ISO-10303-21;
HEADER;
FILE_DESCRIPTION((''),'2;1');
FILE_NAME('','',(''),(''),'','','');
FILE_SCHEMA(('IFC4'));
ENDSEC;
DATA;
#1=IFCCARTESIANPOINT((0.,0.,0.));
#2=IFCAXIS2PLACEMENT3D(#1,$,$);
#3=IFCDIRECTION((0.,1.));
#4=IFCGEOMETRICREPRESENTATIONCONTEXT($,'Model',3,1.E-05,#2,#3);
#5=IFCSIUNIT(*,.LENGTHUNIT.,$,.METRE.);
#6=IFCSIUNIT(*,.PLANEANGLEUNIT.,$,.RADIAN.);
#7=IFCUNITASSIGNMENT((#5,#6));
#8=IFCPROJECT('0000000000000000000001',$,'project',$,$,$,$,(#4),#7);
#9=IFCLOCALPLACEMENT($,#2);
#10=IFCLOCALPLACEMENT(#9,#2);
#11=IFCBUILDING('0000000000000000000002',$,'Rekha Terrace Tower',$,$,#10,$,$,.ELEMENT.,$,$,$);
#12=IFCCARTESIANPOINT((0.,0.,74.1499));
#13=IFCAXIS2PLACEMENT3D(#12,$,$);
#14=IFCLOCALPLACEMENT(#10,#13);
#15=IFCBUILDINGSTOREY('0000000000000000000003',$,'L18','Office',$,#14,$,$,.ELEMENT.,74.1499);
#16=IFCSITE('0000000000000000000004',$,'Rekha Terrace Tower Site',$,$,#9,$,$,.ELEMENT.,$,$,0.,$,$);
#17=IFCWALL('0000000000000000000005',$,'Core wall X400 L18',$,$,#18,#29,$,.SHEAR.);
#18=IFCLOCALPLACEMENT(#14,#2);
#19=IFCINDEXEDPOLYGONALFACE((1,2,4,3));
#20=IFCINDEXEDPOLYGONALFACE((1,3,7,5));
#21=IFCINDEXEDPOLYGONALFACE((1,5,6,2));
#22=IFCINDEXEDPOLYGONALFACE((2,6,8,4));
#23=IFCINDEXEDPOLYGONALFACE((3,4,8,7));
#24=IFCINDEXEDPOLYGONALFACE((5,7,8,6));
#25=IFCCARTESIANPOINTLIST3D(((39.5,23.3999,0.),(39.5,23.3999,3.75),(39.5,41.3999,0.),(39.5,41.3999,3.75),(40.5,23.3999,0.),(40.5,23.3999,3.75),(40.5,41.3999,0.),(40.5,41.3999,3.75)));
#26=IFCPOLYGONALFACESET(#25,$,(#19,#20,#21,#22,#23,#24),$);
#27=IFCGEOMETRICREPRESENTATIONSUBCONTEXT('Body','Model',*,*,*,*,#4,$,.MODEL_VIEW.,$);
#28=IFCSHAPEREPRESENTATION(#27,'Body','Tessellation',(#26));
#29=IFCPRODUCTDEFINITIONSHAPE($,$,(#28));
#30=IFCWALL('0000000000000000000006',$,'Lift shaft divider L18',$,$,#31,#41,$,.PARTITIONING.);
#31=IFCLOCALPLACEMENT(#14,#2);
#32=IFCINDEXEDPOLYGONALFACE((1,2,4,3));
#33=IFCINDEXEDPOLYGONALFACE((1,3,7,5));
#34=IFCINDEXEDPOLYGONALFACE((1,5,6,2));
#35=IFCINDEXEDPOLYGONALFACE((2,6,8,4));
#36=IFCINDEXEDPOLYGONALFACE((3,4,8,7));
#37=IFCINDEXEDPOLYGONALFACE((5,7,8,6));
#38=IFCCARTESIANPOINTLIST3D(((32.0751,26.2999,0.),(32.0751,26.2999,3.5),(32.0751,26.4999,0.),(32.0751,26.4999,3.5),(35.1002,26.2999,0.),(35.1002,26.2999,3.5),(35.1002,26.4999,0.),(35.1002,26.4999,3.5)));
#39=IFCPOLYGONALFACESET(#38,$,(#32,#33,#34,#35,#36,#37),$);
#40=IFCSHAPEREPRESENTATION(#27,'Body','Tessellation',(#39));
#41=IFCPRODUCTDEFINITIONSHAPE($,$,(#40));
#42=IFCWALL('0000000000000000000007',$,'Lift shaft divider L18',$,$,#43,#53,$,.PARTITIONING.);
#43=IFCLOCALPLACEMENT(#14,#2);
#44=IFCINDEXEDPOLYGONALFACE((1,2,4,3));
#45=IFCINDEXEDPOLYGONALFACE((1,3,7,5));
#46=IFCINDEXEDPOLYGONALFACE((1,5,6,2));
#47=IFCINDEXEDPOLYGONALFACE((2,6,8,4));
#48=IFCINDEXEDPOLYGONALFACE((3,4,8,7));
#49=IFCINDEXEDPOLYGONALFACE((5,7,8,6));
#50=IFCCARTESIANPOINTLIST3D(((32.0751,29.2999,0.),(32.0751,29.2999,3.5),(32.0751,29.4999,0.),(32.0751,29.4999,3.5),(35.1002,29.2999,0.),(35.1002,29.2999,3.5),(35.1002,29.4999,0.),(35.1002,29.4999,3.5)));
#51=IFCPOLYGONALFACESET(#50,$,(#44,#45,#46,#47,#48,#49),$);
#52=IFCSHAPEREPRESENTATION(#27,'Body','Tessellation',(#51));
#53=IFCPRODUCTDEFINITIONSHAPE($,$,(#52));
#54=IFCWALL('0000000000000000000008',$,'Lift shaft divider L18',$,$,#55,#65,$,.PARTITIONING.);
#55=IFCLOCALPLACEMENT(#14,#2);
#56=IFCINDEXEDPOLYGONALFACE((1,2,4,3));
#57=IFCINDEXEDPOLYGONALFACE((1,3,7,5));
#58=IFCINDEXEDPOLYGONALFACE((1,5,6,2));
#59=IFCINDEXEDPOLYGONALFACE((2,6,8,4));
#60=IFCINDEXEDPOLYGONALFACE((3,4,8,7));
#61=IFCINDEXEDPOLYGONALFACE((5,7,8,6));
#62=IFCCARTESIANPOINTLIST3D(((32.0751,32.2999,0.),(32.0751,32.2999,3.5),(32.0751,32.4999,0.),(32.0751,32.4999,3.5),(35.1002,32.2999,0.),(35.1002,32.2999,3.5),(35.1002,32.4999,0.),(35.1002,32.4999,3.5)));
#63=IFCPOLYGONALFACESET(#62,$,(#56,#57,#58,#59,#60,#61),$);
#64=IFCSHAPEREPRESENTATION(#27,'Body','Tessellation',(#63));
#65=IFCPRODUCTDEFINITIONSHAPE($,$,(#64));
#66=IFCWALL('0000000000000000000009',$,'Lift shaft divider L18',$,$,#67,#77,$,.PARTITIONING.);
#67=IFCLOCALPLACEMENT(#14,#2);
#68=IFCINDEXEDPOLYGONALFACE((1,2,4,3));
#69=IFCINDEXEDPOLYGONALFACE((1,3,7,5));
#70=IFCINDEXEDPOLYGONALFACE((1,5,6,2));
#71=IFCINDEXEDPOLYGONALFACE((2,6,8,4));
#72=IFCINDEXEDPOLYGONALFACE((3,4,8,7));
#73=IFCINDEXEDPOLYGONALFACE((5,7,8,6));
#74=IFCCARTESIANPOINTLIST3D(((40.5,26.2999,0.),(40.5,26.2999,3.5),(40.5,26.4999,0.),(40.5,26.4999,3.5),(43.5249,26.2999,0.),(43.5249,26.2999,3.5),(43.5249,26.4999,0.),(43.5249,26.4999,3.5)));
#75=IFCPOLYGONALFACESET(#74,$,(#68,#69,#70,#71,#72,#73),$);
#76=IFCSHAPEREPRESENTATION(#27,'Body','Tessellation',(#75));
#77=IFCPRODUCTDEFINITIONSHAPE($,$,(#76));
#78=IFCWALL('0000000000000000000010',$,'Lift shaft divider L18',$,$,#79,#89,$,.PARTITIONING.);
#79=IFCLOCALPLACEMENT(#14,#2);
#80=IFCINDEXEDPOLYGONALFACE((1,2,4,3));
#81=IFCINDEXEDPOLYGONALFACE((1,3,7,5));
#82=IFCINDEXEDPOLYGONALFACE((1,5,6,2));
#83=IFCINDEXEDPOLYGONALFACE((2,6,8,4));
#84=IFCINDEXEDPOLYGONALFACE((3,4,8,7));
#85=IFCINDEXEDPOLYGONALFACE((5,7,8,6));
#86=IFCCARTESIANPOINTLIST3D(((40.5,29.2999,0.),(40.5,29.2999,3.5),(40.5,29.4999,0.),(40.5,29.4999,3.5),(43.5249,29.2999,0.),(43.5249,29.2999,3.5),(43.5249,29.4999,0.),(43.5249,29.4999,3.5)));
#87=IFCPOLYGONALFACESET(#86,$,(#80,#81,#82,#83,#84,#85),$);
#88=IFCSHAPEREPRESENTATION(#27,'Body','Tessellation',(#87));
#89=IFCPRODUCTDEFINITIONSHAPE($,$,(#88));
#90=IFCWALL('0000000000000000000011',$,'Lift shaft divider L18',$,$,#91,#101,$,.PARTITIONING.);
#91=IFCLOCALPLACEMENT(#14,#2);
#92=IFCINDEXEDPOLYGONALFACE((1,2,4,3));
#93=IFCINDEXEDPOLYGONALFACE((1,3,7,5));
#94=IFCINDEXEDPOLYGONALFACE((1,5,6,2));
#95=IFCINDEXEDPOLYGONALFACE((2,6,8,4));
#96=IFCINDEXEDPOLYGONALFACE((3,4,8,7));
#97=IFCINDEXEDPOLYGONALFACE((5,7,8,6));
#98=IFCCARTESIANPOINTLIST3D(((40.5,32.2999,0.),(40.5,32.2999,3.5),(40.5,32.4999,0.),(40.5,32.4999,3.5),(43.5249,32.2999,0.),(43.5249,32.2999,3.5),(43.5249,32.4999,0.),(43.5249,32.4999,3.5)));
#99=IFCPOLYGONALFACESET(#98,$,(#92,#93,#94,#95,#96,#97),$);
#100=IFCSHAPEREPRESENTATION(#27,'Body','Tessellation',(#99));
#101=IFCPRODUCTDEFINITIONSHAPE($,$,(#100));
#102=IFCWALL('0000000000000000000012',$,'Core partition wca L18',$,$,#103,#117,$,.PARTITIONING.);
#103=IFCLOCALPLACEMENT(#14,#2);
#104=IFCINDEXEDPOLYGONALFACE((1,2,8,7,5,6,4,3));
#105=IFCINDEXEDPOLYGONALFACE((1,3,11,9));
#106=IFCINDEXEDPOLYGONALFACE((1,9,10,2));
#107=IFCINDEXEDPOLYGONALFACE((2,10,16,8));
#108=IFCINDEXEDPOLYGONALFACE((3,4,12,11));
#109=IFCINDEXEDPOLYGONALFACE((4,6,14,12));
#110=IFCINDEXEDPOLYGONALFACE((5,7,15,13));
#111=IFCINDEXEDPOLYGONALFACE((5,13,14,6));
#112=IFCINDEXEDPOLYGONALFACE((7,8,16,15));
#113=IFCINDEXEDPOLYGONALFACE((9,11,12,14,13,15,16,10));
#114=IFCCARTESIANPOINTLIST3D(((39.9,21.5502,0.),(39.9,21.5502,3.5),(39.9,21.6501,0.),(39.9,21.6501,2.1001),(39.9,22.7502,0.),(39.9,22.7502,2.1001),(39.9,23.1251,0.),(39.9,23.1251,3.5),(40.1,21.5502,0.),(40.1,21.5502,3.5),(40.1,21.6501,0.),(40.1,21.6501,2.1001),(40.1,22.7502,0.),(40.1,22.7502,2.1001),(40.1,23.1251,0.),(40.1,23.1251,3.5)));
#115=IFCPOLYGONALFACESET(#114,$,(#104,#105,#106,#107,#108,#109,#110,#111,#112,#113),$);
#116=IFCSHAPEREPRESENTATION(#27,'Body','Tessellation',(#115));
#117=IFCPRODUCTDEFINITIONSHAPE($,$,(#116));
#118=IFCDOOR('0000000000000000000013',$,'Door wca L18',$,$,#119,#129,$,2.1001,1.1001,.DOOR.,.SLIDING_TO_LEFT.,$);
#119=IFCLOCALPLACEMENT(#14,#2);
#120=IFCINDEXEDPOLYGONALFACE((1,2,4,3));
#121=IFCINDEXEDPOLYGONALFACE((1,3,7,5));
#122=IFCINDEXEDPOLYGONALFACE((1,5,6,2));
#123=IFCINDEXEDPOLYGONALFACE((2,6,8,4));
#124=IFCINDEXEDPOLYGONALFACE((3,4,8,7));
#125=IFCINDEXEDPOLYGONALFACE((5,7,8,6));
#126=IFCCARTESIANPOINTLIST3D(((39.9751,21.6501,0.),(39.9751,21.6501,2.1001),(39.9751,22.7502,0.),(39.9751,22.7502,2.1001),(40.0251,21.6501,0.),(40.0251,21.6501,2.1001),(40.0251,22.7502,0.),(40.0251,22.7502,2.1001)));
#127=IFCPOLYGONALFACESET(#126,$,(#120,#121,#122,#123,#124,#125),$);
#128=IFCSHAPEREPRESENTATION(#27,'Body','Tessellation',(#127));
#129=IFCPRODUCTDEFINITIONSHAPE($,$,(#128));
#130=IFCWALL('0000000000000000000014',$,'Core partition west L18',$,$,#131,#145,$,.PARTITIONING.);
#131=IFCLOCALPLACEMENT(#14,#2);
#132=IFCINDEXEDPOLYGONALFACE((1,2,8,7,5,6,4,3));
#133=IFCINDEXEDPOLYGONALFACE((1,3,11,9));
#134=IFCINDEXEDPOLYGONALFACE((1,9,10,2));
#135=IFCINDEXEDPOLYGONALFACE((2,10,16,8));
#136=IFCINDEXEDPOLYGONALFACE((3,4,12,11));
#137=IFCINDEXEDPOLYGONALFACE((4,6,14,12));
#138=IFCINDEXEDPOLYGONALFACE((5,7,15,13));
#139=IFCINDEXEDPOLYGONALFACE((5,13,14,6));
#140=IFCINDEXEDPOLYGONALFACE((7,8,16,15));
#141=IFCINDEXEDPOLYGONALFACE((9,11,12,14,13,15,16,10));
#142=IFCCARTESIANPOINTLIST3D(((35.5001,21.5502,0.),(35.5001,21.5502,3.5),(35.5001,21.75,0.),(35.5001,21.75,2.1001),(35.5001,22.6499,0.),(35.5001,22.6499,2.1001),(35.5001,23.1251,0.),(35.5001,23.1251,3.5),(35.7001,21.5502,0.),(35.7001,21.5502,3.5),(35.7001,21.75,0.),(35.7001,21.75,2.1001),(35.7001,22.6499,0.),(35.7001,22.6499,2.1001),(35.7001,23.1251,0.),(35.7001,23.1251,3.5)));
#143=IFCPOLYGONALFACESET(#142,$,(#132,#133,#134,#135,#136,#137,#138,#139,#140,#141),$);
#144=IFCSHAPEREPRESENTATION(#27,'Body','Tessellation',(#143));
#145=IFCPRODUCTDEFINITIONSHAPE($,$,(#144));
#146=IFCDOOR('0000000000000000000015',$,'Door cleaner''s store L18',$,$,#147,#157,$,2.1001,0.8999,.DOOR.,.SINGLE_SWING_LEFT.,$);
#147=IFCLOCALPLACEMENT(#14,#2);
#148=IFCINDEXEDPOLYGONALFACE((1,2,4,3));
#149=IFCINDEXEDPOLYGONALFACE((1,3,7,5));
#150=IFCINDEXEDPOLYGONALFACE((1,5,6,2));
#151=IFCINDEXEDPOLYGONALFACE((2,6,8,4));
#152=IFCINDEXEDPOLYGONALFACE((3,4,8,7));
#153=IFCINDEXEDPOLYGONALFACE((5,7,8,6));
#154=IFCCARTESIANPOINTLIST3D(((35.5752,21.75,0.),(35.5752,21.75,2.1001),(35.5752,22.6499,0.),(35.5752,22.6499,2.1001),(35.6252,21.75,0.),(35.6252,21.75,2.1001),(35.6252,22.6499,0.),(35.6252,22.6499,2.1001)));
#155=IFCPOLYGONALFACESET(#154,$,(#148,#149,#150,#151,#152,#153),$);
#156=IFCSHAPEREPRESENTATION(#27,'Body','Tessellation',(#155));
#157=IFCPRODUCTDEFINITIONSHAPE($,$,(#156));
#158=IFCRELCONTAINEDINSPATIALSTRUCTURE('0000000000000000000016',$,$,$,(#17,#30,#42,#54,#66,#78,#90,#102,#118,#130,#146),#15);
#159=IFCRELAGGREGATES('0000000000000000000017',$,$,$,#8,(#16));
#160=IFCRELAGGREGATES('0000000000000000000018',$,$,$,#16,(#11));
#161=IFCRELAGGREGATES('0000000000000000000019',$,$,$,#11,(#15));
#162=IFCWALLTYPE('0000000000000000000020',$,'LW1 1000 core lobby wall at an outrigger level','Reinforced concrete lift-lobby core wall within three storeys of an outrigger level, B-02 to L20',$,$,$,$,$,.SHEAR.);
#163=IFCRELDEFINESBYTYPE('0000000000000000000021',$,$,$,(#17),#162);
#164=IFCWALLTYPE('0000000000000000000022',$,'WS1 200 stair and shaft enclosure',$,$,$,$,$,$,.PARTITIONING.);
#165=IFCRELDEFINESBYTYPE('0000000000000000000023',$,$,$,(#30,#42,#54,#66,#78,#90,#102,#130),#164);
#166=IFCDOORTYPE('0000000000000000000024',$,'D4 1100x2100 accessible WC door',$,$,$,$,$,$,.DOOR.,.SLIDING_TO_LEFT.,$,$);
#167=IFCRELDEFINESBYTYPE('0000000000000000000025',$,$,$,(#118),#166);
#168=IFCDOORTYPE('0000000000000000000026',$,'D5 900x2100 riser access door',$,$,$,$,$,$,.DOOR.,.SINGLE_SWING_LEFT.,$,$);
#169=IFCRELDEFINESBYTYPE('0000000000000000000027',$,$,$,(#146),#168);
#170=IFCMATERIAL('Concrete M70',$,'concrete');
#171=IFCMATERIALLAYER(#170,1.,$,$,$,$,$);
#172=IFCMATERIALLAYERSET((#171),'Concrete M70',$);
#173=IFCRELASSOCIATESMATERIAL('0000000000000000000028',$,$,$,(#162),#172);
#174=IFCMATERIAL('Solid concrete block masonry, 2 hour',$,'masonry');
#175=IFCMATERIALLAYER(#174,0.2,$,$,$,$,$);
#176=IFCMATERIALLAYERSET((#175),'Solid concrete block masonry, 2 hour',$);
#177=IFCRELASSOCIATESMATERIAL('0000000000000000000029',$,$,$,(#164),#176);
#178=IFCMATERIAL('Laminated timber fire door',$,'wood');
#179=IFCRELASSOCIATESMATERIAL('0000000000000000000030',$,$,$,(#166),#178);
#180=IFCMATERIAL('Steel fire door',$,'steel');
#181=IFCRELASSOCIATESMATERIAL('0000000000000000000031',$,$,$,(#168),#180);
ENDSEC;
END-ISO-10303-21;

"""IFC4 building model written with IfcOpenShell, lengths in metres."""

from ifc_helpers import new_model, si_unit, direction, frame, frame_2d, origin, place, context, subcontext, project, spatial, rectangle, extrude, material, layer, layer_set, type_object, element, fill, save


model = new_model("IFC4")

# Units and contexts
model_context = context("Model", 3, precision=1e-05, world=origin(), true_north=direction((0.0, 1.0)))
body_context = subcontext(model_context, "Body", "Model", "MODEL_VIEW")
ifc_project = project(units=[si_unit("LENGTHUNIT", "METRE"), si_unit("PLANEANGLEUNIT", "RADIAN")], contexts=[model_context])

# Site, building, storey
site_placement = place(None, origin())
site = spatial("IfcSite", under=ifc_project, at=site_placement, Name="Rekha Terrace Tower Site", CompositionType="ELEMENT", RefElevation=0.0)
building_placement = place(site_placement, origin())
building = spatial("IfcBuilding", under=site, at=building_placement, Name="Rekha Terrace Tower", CompositionType="ELEMENT")
storey_placement = place(building_placement, frame((0.0, 0.0, 74.1499)))
storey = spatial("IfcBuildingStorey", under=building, at=storey_placement, Name="L18", Description="Office", CompositionType="ELEMENT", Elevation=74.1499)

# Shared definitions
ifc_material_1 = material(Name="Concrete M70", Category="concrete")

# Shared definitions
ifc_layer_1 = layer(ifc_material_1, 1.0)
ifc_layer_set_1 = layer_set([ifc_layer_1], Name="Concrete M70")
wall_type_1 = type_object("IfcWallType", Name="LW1 1000 core lobby wall at an outrigger level", Description="Reinforced concrete lift-lobby core wall within three storeys of an outrigger level, B-02 to L20", PredefinedType="SHEAR", material=ifc_layer_set_1)

# Walls
wall_1_placement = place(storey_placement, frame((40.0, 23.3999, 0.0), z_axis=(0.0, 0.0, 1.0), x_axis=(0.0, 1.0, 0.0)))
element("IfcWall", 1, at=wall_1_placement, inside=storey, type_object=wall_type_1, Name="Core wall X400 L18", PredefinedType="SHEAR", context=body_context, shape_type="SweptSolid", body=[
    extrude(rectangle(XDim=18.0, YDim=1.0, at=frame_2d((9.0, 0.0))), origin(), (0.0, 0.0, 1.0), 3.75),
])
ifc_material_2 = material(Name="Solid concrete block masonry, 2 hour", Category="masonry")
ifc_layer_2 = layer(ifc_material_2, 0.2)
ifc_layer_set_2 = layer_set([ifc_layer_2], Name="Solid concrete block masonry, 2 hour")
wall_type_2 = type_object("IfcWallType", Name="WS1 200 stair and shaft enclosure", PredefinedType="PARTITIONING", material=ifc_layer_set_2)
for number, where, z_axis, x_axis, name in (
    (2, (32.075, 26.3999, 0.0), (0.0, 0.0, 1.0), (1.0, 0.0, 0.0), "Lift shaft divider L18"),
    (3, (32.075, 29.3999, 0.0), (0.0, 0.0, 1.0), (1.0, 0.0, 0.0), "Lift shaft divider L18"),
    (4, (32.075, 32.3999, 0.0), (0.0, 0.0, 1.0), (1.0, 0.0, 0.0), "Lift shaft divider L18"),
):
    element("IfcWall", number, at=place(storey_placement, frame(where, z_axis=z_axis, x_axis=x_axis)), inside=storey, type_object=wall_type_2, Name=name, PredefinedType="PARTITIONING", context=body_context, shape_type="SweptSolid", body=[
        extrude(rectangle(XDim=3.0251, YDim=0.2, at=frame_2d((1.5127, 0.0))), origin(), (0.0, 0.0, 1.0), 3.5),
    ])
for number, where, z_axis, x_axis, name in (
    (5, (40.5, 26.3999, 0.0), (0.0, 0.0, 1.0), (1.0, 0.0, 0.0), "Lift shaft divider L18"),
    (6, (40.5, 29.3999, 0.0), (0.0, 0.0, 1.0), (1.0, 0.0, 0.0), "Lift shaft divider L18"),
    (7, (40.5, 32.3999, 0.0), (0.0, 0.0, 1.0), (1.0, 0.0, 0.0), "Lift shaft divider L18"),
):
    element("IfcWall", number, at=place(storey_placement, frame(where, z_axis=z_axis, x_axis=x_axis)), inside=storey, type_object=wall_type_2, Name=name, PredefinedType="PARTITIONING", context=body_context, shape_type="SweptSolid", body=[
        extrude(rectangle(XDim=3.0249, YDim=0.2, at=frame_2d((1.5125, 0.0))), origin(), (0.0, 0.0, 1.0), 3.5),
    ])

# Walls, openings, doors
wall_2_placement = place(storey_placement, frame((40.0, 21.55, 0.0), z_axis=(0.0, 0.0, 1.0), x_axis=(0.0, 1.0, 0.0)))
wall_2 = element("IfcWall", 8, at=wall_2_placement, inside=storey, type_object=wall_type_2, Name="Core partition wca L18", PredefinedType="PARTITIONING", context=body_context, shape_type="SweptSolid", body=[
    extrude(rectangle(XDim=1.575, YDim=0.2, at=frame_2d((0.7876, 0.0))), origin(), (0.0, 0.0, 1.0), 3.5),
])
opening_1_placement = place(wall_2_placement, frame((0.1001, 0.0, 0.0)))
opening_1 = element("IfcOpeningElement", 9, at=opening_1_placement, cuts=wall_2, PredefinedType="OPENING", context=body_context, shape_type="SweptSolid", body=[
    extrude(rectangle(XDim=1.1001, YDim=2.1001, at=frame_2d((0.55, 1.05))), frame((0.0, 0.1099, 0.0), z_axis=(0.0, -1.0, 0.0), x_axis=(1.0, 0.0, 0.0)), (0.0, 0.0, 1.0), 0.22),
])
ifc_material_3 = material(Name="Laminated timber fire door", Category="wood")
door_type_1 = type_object("IfcDoorType", Name="D4 1100x2100 accessible WC door", OperationType="SLIDING_TO_LEFT", PredefinedType="DOOR", material=ifc_material_3)
door_1_placement = place(opening_1_placement, origin())
door_1 = element("IfcDoor", 10, at=door_1_placement, inside=storey, type_object=door_type_1, Name="Door wca L18", OperationType="SLIDING_TO_LEFT", OverallHeight=2.1001, OverallWidth=1.1001, PredefinedType="DOOR", context=body_context, shape_type="SweptSolid", body=[
    extrude(rectangle(XDim=1.1001, YDim=2.1001, at=frame_2d((0.55, 1.05))), frame((0.0, 0.0249, 0.0), z_axis=(0.0, -1.0, 0.0), x_axis=(1.0, 0.0, 0.0)), (0.0, 0.0, 1.0), 0.05),
])
fill(opening_1, door_1)
wall_3_placement = place(storey_placement, frame((35.6001, 21.55, 0.0), z_axis=(0.0, 0.0, 1.0), x_axis=(0.0, 1.0, 0.0)))
wall_3 = element("IfcWall", 11, at=wall_3_placement, inside=storey, type_object=wall_type_2, Name="Core partition west L18", PredefinedType="PARTITIONING", context=body_context, shape_type="SweptSolid", body=[
    extrude(rectangle(XDim=1.575, YDim=0.2, at=frame_2d((0.7876, 0.0))), origin(), (0.0, 0.0, 1.0), 3.5),
])
opening_2_placement = place(wall_3_placement, frame((0.2, 0.0, 0.0)))
opening_2 = element("IfcOpeningElement", 12, at=opening_2_placement, cuts=wall_3, PredefinedType="OPENING", context=body_context, shape_type="SweptSolid", body=[
    extrude(rectangle(XDim=0.8999, YDim=2.1001, at=frame_2d((0.45, 1.05))), frame((0.0, 0.1099, 0.0), z_axis=(0.0, -1.0, 0.0), x_axis=(1.0, 0.0, 0.0)), (0.0, 0.0, 1.0), 0.22),
])
ifc_material_4 = material(Name="Steel fire door", Category="steel")
door_type_2 = type_object("IfcDoorType", Name="D5 900x2100 riser access door", OperationType="SINGLE_SWING_LEFT", PredefinedType="DOOR", material=ifc_material_4)
door_2_placement = place(opening_2_placement, origin())
door_2 = element("IfcDoor", 13, at=door_2_placement, inside=storey, type_object=door_type_2, Name="Door cleaner's store L18", OperationType="SINGLE_SWING_LEFT", OverallHeight=2.1001, OverallWidth=0.8999, PredefinedType="DOOR", context=body_context, shape_type="SweptSolid", body=[
    extrude(rectangle(XDim=0.8999, YDim=2.1001, at=frame_2d((0.45, 1.05))), frame((0.0, 0.0249, 0.0), z_axis=(0.0, -1.0, 0.0), x_axis=(1.0, 0.0, 0.0)), (0.0, 0.0, 1.0), 0.05),
])
fill(opening_2, door_2)

save(model, "model.ifc")
